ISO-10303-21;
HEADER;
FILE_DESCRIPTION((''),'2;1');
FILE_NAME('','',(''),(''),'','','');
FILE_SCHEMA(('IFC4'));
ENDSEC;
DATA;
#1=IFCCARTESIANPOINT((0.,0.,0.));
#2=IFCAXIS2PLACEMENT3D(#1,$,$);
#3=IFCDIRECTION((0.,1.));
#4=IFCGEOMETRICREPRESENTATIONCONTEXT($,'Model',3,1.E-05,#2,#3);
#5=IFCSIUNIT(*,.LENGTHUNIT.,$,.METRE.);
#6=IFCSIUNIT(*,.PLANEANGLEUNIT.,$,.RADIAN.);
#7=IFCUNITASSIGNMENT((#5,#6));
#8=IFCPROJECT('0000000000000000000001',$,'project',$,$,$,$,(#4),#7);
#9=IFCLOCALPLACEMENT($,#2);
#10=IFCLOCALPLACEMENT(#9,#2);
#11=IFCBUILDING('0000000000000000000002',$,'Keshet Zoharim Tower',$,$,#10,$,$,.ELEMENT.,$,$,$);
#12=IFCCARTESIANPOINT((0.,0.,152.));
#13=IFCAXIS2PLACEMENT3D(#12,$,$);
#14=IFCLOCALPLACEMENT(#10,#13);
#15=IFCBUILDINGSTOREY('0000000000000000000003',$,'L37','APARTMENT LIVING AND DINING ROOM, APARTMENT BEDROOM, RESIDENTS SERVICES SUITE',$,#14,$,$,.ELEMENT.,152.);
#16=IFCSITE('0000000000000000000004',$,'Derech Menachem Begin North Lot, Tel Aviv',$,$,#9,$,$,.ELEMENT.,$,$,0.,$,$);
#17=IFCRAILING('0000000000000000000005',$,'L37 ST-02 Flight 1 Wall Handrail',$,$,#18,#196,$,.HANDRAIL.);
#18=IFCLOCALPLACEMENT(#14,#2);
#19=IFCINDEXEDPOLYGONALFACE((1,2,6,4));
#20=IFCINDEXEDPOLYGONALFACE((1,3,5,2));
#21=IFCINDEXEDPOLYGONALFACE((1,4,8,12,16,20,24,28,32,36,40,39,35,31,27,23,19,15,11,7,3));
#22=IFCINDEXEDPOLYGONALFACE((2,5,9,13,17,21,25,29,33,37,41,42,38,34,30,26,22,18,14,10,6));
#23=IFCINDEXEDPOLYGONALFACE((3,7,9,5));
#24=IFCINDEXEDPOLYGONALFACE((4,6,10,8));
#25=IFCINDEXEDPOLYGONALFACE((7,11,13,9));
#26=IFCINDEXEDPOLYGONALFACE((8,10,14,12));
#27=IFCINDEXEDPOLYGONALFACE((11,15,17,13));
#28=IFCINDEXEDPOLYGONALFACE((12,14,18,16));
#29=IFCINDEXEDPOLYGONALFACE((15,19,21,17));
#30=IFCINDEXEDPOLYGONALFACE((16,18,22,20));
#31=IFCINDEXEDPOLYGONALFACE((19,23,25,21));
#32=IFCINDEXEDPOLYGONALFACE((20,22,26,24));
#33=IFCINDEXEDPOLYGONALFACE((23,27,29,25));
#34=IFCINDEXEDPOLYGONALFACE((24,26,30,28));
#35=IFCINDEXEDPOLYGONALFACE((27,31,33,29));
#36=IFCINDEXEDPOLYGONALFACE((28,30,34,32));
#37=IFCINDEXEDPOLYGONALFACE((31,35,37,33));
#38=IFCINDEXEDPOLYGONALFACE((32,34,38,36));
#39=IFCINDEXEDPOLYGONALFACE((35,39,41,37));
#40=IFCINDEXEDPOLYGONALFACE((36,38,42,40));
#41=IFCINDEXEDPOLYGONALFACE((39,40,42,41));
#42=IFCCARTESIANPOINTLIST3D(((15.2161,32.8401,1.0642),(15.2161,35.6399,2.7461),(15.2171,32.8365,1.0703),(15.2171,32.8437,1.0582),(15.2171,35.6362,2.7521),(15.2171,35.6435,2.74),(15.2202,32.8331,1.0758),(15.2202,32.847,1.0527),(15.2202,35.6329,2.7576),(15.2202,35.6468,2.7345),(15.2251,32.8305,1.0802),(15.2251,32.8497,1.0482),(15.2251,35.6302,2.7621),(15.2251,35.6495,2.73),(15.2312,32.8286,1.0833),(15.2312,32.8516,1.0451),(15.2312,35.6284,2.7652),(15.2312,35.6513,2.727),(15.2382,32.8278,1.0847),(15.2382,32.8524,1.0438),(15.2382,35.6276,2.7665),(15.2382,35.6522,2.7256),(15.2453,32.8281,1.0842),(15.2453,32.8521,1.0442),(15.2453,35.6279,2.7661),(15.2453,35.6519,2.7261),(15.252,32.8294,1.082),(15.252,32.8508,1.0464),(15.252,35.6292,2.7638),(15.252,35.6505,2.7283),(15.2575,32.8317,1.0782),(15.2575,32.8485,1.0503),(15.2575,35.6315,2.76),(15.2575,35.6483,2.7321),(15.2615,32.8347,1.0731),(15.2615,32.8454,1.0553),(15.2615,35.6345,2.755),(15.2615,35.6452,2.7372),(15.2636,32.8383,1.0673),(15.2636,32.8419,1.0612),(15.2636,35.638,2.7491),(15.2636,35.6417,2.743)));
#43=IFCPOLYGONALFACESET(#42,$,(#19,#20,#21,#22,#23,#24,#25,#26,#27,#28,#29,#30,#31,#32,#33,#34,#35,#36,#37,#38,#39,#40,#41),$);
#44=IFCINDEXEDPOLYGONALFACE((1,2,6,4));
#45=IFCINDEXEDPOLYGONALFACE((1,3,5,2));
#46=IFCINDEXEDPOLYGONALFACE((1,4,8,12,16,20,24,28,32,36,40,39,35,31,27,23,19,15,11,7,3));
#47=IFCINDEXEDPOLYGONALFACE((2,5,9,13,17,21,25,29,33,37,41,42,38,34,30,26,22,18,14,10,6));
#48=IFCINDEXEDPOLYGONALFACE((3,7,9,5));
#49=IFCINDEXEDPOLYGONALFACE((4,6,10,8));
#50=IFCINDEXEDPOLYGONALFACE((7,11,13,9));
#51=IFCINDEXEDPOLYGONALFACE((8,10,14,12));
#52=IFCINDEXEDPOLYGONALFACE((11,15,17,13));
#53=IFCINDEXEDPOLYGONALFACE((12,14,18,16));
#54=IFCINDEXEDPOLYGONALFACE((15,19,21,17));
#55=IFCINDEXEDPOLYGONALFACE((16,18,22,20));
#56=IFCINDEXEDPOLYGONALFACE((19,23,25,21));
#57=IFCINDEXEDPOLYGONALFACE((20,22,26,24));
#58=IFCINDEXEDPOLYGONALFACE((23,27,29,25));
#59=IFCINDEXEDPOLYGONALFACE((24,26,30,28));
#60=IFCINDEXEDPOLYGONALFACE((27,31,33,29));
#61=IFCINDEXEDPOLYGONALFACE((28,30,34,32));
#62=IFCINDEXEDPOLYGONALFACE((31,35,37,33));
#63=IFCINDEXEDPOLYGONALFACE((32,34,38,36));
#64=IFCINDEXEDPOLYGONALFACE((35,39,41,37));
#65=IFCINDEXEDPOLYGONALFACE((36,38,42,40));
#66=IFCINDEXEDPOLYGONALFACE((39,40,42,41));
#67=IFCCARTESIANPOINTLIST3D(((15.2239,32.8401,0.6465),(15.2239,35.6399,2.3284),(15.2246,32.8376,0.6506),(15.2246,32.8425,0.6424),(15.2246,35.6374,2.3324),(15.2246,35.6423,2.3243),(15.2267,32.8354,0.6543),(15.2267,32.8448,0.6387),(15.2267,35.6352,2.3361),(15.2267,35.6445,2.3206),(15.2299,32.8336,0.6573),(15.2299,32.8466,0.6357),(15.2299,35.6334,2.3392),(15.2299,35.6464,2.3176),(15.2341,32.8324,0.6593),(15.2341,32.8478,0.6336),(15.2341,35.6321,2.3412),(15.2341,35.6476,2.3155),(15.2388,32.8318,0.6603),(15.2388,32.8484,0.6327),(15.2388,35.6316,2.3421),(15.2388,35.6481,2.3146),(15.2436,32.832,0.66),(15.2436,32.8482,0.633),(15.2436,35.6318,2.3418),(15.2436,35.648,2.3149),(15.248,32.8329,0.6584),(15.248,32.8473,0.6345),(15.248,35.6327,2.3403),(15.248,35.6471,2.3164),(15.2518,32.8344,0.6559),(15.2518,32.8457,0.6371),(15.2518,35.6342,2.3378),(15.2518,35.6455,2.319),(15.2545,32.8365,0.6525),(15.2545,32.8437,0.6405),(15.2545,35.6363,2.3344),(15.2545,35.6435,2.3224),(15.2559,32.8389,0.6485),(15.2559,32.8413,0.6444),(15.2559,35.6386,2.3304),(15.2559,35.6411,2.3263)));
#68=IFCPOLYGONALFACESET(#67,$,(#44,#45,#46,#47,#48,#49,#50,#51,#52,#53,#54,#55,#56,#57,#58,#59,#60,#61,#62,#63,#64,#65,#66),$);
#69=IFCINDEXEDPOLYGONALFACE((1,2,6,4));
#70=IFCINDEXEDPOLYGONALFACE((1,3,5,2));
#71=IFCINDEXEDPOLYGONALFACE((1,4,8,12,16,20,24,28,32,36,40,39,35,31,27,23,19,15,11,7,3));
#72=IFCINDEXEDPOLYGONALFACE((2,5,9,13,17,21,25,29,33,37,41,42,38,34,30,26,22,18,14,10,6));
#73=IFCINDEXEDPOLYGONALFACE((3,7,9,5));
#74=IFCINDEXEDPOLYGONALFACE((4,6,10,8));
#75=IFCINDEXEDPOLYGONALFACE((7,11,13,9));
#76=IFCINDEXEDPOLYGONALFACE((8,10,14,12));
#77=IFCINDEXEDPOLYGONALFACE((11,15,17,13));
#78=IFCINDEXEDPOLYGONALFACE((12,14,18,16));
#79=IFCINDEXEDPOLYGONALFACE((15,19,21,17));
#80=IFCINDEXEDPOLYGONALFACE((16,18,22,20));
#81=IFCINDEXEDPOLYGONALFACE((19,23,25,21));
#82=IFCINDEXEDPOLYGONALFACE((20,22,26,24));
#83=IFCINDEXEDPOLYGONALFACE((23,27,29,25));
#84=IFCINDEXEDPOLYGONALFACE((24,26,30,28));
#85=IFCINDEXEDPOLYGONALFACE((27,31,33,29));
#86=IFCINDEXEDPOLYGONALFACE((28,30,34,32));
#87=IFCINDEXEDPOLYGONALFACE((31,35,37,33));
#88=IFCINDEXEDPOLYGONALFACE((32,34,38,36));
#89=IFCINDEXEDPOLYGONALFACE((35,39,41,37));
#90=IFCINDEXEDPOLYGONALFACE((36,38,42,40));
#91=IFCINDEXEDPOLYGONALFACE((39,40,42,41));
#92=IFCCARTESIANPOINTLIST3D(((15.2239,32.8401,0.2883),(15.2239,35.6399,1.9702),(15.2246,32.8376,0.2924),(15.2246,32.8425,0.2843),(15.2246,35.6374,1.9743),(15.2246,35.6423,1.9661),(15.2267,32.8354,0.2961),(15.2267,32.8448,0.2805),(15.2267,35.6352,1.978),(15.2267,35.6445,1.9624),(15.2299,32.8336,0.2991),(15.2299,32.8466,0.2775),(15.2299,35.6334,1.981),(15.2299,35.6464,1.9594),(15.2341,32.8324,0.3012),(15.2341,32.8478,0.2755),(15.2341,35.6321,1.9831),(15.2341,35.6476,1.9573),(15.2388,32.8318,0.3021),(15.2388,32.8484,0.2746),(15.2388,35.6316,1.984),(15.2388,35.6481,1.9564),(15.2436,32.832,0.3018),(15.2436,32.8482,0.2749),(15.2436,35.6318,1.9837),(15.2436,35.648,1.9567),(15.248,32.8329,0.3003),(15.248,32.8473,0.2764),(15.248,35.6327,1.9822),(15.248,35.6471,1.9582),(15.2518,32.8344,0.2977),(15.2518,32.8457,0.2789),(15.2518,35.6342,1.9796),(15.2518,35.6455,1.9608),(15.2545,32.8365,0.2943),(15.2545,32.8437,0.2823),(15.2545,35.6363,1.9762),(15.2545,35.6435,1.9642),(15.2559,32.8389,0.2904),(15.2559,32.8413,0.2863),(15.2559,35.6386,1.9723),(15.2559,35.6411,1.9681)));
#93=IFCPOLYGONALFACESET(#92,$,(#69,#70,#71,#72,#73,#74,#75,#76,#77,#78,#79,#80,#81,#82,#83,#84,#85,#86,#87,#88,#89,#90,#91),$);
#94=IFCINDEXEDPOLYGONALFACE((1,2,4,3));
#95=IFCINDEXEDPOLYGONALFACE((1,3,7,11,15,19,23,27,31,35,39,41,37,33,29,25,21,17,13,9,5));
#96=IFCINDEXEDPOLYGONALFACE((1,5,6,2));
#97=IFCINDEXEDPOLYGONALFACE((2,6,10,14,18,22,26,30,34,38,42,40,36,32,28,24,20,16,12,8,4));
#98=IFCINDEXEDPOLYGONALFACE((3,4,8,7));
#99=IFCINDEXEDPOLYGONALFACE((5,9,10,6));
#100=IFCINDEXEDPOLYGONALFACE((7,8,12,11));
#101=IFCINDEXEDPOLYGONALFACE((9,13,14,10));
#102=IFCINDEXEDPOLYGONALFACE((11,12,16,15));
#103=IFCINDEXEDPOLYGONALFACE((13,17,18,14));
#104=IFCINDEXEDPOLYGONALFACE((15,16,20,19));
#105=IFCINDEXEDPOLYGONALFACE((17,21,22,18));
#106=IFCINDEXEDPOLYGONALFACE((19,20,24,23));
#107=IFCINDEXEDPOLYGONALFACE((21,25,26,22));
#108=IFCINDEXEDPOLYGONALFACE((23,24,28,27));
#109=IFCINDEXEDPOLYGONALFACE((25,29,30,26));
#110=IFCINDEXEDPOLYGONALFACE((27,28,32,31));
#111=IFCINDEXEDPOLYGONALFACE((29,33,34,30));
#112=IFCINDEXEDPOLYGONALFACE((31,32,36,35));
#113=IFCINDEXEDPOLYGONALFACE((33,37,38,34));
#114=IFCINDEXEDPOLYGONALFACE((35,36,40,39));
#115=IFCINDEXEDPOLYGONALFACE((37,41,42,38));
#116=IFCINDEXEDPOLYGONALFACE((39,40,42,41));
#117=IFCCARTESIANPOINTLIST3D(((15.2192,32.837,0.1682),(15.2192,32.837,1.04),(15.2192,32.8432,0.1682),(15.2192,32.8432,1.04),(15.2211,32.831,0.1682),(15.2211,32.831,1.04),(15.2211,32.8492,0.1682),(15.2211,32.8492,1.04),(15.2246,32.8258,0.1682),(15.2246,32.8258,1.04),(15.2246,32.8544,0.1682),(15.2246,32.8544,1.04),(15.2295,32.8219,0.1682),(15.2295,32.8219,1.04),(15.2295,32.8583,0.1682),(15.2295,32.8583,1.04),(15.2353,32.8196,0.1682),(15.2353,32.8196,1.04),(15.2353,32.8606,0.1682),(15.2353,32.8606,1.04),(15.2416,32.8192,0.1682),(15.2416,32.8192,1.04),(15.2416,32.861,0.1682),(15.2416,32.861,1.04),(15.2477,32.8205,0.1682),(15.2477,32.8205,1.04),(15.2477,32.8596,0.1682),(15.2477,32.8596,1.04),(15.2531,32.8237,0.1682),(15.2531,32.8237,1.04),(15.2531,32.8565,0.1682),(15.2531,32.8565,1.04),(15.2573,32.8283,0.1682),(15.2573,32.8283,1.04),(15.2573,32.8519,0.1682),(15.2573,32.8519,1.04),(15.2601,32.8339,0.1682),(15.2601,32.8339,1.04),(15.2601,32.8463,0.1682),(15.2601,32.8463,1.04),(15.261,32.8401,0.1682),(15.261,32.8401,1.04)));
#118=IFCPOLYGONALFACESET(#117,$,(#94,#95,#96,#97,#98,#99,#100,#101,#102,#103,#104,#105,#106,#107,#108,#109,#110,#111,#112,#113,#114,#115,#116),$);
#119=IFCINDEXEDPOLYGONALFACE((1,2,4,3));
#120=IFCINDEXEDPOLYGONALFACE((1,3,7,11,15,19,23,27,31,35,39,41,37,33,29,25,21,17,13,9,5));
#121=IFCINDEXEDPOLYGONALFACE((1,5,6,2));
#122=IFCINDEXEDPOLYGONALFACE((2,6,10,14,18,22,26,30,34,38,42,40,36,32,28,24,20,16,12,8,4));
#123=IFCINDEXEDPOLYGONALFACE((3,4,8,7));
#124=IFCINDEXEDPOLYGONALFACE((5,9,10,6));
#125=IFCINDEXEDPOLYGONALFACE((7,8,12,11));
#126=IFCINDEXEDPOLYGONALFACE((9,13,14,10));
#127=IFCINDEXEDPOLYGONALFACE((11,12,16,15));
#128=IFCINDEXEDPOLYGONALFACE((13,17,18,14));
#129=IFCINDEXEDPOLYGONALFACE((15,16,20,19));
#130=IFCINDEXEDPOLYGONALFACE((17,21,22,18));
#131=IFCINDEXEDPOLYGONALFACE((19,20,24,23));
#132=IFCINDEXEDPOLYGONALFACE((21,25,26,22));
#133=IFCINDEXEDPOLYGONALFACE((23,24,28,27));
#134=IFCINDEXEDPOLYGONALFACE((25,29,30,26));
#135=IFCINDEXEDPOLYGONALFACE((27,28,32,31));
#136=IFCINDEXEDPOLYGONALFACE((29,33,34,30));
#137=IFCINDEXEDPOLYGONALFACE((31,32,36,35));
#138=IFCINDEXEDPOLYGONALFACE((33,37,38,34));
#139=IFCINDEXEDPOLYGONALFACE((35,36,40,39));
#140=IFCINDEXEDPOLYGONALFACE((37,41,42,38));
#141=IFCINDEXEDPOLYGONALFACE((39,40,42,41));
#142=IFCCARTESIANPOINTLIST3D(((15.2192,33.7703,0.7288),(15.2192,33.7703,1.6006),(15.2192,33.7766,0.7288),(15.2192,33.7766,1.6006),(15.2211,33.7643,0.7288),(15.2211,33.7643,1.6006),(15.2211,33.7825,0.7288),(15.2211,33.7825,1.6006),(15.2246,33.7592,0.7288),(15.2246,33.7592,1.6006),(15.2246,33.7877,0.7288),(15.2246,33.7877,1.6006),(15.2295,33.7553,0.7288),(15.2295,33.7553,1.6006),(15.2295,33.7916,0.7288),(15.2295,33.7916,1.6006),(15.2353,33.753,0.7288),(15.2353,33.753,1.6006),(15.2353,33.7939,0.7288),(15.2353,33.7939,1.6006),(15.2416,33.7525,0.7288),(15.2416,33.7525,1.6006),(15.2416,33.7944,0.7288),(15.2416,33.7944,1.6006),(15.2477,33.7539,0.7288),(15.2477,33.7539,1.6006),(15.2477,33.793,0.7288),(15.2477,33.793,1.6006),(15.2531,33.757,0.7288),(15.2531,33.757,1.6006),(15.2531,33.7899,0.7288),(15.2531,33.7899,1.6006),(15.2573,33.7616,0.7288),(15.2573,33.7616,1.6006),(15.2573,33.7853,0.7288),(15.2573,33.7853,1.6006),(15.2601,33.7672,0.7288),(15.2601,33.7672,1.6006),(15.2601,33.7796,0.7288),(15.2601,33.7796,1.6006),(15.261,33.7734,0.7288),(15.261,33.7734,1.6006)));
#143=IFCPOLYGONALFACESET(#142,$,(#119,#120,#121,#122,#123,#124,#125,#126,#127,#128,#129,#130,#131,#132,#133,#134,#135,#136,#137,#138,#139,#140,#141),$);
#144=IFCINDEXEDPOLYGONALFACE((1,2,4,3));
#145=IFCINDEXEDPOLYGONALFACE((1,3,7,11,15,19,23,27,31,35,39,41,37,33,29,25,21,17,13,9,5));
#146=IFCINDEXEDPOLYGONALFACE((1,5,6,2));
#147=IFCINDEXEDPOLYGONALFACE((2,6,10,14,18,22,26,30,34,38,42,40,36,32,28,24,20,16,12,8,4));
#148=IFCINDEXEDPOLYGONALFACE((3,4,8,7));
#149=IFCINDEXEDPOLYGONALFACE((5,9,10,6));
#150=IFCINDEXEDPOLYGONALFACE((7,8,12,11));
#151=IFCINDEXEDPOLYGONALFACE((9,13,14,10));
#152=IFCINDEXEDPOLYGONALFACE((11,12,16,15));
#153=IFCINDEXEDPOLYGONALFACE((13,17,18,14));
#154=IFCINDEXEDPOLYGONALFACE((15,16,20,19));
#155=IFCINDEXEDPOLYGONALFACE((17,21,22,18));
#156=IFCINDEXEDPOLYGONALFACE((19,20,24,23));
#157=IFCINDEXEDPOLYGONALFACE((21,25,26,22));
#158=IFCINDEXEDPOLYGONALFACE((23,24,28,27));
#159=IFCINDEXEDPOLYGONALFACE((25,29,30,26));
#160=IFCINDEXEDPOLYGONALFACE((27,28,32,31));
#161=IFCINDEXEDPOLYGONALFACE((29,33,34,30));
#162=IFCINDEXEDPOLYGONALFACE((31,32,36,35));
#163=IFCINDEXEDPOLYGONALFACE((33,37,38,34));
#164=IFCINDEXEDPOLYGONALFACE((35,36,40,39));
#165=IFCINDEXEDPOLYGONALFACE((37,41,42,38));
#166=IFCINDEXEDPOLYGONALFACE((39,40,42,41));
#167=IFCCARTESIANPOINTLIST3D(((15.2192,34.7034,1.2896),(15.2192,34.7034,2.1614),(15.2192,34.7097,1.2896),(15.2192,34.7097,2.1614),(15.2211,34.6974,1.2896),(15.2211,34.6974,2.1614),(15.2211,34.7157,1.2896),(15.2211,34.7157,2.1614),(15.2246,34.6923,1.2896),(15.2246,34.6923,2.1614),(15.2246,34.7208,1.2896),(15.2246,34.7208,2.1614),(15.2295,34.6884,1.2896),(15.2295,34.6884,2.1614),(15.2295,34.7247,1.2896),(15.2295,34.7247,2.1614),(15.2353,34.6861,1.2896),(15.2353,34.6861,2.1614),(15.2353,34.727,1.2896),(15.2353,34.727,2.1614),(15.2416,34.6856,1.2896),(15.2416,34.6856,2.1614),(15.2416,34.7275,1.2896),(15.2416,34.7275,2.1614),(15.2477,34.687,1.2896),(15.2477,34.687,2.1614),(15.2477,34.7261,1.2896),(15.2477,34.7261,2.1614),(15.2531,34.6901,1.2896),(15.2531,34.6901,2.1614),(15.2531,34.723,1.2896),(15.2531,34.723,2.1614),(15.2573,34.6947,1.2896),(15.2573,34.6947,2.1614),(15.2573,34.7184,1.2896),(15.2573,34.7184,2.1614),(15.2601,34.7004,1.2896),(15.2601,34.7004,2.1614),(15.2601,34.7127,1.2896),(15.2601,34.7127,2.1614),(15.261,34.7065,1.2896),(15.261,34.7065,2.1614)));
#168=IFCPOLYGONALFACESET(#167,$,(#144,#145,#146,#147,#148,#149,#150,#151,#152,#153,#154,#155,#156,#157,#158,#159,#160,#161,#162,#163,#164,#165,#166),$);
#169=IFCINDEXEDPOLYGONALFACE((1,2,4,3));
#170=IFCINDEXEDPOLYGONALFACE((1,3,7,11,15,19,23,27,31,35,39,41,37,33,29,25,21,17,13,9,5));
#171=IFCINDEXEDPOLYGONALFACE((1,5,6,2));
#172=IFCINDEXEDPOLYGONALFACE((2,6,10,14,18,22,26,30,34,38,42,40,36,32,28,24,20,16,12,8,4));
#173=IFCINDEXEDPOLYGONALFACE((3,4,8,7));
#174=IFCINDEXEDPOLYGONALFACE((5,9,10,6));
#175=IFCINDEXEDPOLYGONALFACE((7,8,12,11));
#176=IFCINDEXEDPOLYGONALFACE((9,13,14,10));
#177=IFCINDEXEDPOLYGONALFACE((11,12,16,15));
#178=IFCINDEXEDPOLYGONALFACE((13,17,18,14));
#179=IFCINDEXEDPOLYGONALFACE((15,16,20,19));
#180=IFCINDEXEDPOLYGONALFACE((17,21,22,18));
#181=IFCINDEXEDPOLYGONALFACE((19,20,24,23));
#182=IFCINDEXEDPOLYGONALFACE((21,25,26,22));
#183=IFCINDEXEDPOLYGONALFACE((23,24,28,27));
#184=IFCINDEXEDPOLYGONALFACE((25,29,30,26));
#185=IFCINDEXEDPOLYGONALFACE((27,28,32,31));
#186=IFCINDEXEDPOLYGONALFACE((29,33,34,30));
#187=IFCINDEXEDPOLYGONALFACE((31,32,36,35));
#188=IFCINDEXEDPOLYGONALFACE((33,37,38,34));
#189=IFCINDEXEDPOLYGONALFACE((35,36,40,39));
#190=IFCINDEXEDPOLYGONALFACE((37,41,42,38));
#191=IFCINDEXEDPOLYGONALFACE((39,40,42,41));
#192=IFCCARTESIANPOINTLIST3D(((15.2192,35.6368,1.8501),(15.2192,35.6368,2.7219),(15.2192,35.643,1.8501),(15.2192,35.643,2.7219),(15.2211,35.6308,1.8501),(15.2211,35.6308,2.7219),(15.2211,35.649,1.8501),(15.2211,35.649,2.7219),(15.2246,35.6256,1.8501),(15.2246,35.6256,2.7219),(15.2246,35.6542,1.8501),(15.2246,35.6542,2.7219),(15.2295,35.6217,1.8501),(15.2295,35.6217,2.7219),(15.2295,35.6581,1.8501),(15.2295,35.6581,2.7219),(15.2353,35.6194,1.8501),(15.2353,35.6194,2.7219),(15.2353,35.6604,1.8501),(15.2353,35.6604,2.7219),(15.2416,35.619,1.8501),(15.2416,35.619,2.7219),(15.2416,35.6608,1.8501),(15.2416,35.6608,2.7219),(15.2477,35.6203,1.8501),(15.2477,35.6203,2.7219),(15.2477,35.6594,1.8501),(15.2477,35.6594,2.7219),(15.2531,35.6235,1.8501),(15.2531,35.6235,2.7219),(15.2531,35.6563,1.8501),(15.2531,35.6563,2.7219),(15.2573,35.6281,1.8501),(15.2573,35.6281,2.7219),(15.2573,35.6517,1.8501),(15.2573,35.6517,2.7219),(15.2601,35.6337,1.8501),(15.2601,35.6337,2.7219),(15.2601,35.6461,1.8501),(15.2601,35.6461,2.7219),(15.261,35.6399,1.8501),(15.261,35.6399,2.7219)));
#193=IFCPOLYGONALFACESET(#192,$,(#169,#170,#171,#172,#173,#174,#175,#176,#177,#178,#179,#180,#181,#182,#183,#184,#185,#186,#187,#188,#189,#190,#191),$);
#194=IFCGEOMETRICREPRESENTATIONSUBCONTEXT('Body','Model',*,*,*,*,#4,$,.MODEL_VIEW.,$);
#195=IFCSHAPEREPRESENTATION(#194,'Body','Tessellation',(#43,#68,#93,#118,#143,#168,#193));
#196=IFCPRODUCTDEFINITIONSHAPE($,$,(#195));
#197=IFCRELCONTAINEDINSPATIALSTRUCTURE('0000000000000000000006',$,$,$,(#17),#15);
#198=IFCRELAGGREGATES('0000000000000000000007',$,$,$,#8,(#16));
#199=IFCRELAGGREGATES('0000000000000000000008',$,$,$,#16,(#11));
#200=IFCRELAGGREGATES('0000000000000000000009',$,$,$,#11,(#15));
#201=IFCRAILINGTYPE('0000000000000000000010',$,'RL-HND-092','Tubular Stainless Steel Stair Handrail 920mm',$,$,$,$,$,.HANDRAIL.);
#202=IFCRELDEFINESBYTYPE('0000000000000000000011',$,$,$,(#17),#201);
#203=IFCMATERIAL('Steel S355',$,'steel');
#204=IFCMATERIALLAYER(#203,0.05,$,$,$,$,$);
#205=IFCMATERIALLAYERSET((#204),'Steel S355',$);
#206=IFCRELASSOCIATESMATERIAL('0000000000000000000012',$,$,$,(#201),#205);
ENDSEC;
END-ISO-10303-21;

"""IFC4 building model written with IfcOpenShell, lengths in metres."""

from ifc_helpers import new_model, si_unit, direction, frame, origin, origin_2d, place, context, subcontext, project, spatial, circle, extrude, material, layer, layer_set, type_object, element, save


model = new_model("IFC4")

# Units and contexts
model_context = context("Model", 3, precision=1e-05, world=origin(), true_north=direction((0.0, 1.0)))
body_context = subcontext(model_context, "Body", "Model", "MODEL_VIEW")
ifc_project = project(units=[si_unit("LENGTHUNIT", "METRE"), si_unit("PLANEANGLEUNIT", "RADIAN")], contexts=[model_context])

# Site, building, storey
site_placement = place(None, origin())
site = spatial("IfcSite", under=ifc_project, at=site_placement, Name="Derech Menachem Begin North Lot, Tel Aviv", CompositionType="ELEMENT", RefElevation=0.0)
building_placement = place(site_placement, origin())
building = spatial("IfcBuilding", under=site, at=building_placement, Name="Keshet Zoharim Tower", CompositionType="ELEMENT")
storey_placement = place(building_placement, frame((0.0, 0.0, 152.0)))
storey = spatial("IfcBuildingStorey", under=building, at=storey_placement, Name="L37", Description="APARTMENT LIVING AND DINING ROOM, APARTMENT BEDROOM, RESIDENTS SERVICES SUITE", CompositionType="ELEMENT", Elevation=152.0)

# Shared definitions
ifc_material_1 = material(Name="Steel S355", Category="steel")

# Railing
ifc_layer_1 = layer(ifc_material_1, 0.05)
ifc_layer_set_1 = layer_set([ifc_layer_1], Name="Steel S355")
railing_type_1 = type_object("IfcRailingType", Name="RL-HND-092", Description="Tubular Stainless Steel Stair Handrail 920mm", PredefinedType="HANDRAIL", material=ifc_layer_set_1)
railing_1_placement = place(storey_placement, frame((15.24, 32.8401, 0.1682)))
element("IfcRailing", 1, at=railing_1_placement, inside=storey, type_object=railing_type_1, Name="L37 ST-02 Flight 1 Wall Handrail", PredefinedType="HANDRAIL", context=body_context, shape_type="SweptSolid", body=[
    extrude(circle(Radius=0.0239, at=origin_2d()), frame((0.0, 0.0, 0.896), z_axis=(0.0, 0.857222, 0.514946), x_axis=(-1.0, 0.0, 0.0)), (0.0, 0.0, 1.0), 3.2661),
    extrude(circle(Radius=0.0161, at=origin_2d()), frame((0.0, 0.0, 0.4783), z_axis=(0.0, 0.857222, 0.514946), x_axis=(-1.0, 0.0, 0.0)), (0.0, 0.0, 1.0), 3.2661),
    extrude(circle(Radius=0.0161, at=origin_2d()), frame((0.0, 0.0, 0.1201), z_axis=(0.0, 0.857222, 0.514946), x_axis=(-1.0, 0.0, 0.0)), (0.0, 0.0, 1.0), 3.2661),
    extrude(circle(Radius=0.021, at=origin_2d()), origin(), (0.0, 0.0, 1.0), 0.8718),
    extrude(circle(Radius=0.021, at=origin_2d()), frame((0.0, 0.9333, 0.5605)), (0.0, 0.0, 1.0), 0.8718),
    extrude(circle(Radius=0.021, at=origin_2d()), frame((0.0, 1.8665, 1.1213)), (0.0, 0.0, 1.0), 0.8718),
    extrude(circle(Radius=0.021, at=origin_2d()), frame((0.0, 2.7998, 1.6819)), (0.0, 0.0, 1.0), 0.8718),
])

save(model, "model.ifc")
